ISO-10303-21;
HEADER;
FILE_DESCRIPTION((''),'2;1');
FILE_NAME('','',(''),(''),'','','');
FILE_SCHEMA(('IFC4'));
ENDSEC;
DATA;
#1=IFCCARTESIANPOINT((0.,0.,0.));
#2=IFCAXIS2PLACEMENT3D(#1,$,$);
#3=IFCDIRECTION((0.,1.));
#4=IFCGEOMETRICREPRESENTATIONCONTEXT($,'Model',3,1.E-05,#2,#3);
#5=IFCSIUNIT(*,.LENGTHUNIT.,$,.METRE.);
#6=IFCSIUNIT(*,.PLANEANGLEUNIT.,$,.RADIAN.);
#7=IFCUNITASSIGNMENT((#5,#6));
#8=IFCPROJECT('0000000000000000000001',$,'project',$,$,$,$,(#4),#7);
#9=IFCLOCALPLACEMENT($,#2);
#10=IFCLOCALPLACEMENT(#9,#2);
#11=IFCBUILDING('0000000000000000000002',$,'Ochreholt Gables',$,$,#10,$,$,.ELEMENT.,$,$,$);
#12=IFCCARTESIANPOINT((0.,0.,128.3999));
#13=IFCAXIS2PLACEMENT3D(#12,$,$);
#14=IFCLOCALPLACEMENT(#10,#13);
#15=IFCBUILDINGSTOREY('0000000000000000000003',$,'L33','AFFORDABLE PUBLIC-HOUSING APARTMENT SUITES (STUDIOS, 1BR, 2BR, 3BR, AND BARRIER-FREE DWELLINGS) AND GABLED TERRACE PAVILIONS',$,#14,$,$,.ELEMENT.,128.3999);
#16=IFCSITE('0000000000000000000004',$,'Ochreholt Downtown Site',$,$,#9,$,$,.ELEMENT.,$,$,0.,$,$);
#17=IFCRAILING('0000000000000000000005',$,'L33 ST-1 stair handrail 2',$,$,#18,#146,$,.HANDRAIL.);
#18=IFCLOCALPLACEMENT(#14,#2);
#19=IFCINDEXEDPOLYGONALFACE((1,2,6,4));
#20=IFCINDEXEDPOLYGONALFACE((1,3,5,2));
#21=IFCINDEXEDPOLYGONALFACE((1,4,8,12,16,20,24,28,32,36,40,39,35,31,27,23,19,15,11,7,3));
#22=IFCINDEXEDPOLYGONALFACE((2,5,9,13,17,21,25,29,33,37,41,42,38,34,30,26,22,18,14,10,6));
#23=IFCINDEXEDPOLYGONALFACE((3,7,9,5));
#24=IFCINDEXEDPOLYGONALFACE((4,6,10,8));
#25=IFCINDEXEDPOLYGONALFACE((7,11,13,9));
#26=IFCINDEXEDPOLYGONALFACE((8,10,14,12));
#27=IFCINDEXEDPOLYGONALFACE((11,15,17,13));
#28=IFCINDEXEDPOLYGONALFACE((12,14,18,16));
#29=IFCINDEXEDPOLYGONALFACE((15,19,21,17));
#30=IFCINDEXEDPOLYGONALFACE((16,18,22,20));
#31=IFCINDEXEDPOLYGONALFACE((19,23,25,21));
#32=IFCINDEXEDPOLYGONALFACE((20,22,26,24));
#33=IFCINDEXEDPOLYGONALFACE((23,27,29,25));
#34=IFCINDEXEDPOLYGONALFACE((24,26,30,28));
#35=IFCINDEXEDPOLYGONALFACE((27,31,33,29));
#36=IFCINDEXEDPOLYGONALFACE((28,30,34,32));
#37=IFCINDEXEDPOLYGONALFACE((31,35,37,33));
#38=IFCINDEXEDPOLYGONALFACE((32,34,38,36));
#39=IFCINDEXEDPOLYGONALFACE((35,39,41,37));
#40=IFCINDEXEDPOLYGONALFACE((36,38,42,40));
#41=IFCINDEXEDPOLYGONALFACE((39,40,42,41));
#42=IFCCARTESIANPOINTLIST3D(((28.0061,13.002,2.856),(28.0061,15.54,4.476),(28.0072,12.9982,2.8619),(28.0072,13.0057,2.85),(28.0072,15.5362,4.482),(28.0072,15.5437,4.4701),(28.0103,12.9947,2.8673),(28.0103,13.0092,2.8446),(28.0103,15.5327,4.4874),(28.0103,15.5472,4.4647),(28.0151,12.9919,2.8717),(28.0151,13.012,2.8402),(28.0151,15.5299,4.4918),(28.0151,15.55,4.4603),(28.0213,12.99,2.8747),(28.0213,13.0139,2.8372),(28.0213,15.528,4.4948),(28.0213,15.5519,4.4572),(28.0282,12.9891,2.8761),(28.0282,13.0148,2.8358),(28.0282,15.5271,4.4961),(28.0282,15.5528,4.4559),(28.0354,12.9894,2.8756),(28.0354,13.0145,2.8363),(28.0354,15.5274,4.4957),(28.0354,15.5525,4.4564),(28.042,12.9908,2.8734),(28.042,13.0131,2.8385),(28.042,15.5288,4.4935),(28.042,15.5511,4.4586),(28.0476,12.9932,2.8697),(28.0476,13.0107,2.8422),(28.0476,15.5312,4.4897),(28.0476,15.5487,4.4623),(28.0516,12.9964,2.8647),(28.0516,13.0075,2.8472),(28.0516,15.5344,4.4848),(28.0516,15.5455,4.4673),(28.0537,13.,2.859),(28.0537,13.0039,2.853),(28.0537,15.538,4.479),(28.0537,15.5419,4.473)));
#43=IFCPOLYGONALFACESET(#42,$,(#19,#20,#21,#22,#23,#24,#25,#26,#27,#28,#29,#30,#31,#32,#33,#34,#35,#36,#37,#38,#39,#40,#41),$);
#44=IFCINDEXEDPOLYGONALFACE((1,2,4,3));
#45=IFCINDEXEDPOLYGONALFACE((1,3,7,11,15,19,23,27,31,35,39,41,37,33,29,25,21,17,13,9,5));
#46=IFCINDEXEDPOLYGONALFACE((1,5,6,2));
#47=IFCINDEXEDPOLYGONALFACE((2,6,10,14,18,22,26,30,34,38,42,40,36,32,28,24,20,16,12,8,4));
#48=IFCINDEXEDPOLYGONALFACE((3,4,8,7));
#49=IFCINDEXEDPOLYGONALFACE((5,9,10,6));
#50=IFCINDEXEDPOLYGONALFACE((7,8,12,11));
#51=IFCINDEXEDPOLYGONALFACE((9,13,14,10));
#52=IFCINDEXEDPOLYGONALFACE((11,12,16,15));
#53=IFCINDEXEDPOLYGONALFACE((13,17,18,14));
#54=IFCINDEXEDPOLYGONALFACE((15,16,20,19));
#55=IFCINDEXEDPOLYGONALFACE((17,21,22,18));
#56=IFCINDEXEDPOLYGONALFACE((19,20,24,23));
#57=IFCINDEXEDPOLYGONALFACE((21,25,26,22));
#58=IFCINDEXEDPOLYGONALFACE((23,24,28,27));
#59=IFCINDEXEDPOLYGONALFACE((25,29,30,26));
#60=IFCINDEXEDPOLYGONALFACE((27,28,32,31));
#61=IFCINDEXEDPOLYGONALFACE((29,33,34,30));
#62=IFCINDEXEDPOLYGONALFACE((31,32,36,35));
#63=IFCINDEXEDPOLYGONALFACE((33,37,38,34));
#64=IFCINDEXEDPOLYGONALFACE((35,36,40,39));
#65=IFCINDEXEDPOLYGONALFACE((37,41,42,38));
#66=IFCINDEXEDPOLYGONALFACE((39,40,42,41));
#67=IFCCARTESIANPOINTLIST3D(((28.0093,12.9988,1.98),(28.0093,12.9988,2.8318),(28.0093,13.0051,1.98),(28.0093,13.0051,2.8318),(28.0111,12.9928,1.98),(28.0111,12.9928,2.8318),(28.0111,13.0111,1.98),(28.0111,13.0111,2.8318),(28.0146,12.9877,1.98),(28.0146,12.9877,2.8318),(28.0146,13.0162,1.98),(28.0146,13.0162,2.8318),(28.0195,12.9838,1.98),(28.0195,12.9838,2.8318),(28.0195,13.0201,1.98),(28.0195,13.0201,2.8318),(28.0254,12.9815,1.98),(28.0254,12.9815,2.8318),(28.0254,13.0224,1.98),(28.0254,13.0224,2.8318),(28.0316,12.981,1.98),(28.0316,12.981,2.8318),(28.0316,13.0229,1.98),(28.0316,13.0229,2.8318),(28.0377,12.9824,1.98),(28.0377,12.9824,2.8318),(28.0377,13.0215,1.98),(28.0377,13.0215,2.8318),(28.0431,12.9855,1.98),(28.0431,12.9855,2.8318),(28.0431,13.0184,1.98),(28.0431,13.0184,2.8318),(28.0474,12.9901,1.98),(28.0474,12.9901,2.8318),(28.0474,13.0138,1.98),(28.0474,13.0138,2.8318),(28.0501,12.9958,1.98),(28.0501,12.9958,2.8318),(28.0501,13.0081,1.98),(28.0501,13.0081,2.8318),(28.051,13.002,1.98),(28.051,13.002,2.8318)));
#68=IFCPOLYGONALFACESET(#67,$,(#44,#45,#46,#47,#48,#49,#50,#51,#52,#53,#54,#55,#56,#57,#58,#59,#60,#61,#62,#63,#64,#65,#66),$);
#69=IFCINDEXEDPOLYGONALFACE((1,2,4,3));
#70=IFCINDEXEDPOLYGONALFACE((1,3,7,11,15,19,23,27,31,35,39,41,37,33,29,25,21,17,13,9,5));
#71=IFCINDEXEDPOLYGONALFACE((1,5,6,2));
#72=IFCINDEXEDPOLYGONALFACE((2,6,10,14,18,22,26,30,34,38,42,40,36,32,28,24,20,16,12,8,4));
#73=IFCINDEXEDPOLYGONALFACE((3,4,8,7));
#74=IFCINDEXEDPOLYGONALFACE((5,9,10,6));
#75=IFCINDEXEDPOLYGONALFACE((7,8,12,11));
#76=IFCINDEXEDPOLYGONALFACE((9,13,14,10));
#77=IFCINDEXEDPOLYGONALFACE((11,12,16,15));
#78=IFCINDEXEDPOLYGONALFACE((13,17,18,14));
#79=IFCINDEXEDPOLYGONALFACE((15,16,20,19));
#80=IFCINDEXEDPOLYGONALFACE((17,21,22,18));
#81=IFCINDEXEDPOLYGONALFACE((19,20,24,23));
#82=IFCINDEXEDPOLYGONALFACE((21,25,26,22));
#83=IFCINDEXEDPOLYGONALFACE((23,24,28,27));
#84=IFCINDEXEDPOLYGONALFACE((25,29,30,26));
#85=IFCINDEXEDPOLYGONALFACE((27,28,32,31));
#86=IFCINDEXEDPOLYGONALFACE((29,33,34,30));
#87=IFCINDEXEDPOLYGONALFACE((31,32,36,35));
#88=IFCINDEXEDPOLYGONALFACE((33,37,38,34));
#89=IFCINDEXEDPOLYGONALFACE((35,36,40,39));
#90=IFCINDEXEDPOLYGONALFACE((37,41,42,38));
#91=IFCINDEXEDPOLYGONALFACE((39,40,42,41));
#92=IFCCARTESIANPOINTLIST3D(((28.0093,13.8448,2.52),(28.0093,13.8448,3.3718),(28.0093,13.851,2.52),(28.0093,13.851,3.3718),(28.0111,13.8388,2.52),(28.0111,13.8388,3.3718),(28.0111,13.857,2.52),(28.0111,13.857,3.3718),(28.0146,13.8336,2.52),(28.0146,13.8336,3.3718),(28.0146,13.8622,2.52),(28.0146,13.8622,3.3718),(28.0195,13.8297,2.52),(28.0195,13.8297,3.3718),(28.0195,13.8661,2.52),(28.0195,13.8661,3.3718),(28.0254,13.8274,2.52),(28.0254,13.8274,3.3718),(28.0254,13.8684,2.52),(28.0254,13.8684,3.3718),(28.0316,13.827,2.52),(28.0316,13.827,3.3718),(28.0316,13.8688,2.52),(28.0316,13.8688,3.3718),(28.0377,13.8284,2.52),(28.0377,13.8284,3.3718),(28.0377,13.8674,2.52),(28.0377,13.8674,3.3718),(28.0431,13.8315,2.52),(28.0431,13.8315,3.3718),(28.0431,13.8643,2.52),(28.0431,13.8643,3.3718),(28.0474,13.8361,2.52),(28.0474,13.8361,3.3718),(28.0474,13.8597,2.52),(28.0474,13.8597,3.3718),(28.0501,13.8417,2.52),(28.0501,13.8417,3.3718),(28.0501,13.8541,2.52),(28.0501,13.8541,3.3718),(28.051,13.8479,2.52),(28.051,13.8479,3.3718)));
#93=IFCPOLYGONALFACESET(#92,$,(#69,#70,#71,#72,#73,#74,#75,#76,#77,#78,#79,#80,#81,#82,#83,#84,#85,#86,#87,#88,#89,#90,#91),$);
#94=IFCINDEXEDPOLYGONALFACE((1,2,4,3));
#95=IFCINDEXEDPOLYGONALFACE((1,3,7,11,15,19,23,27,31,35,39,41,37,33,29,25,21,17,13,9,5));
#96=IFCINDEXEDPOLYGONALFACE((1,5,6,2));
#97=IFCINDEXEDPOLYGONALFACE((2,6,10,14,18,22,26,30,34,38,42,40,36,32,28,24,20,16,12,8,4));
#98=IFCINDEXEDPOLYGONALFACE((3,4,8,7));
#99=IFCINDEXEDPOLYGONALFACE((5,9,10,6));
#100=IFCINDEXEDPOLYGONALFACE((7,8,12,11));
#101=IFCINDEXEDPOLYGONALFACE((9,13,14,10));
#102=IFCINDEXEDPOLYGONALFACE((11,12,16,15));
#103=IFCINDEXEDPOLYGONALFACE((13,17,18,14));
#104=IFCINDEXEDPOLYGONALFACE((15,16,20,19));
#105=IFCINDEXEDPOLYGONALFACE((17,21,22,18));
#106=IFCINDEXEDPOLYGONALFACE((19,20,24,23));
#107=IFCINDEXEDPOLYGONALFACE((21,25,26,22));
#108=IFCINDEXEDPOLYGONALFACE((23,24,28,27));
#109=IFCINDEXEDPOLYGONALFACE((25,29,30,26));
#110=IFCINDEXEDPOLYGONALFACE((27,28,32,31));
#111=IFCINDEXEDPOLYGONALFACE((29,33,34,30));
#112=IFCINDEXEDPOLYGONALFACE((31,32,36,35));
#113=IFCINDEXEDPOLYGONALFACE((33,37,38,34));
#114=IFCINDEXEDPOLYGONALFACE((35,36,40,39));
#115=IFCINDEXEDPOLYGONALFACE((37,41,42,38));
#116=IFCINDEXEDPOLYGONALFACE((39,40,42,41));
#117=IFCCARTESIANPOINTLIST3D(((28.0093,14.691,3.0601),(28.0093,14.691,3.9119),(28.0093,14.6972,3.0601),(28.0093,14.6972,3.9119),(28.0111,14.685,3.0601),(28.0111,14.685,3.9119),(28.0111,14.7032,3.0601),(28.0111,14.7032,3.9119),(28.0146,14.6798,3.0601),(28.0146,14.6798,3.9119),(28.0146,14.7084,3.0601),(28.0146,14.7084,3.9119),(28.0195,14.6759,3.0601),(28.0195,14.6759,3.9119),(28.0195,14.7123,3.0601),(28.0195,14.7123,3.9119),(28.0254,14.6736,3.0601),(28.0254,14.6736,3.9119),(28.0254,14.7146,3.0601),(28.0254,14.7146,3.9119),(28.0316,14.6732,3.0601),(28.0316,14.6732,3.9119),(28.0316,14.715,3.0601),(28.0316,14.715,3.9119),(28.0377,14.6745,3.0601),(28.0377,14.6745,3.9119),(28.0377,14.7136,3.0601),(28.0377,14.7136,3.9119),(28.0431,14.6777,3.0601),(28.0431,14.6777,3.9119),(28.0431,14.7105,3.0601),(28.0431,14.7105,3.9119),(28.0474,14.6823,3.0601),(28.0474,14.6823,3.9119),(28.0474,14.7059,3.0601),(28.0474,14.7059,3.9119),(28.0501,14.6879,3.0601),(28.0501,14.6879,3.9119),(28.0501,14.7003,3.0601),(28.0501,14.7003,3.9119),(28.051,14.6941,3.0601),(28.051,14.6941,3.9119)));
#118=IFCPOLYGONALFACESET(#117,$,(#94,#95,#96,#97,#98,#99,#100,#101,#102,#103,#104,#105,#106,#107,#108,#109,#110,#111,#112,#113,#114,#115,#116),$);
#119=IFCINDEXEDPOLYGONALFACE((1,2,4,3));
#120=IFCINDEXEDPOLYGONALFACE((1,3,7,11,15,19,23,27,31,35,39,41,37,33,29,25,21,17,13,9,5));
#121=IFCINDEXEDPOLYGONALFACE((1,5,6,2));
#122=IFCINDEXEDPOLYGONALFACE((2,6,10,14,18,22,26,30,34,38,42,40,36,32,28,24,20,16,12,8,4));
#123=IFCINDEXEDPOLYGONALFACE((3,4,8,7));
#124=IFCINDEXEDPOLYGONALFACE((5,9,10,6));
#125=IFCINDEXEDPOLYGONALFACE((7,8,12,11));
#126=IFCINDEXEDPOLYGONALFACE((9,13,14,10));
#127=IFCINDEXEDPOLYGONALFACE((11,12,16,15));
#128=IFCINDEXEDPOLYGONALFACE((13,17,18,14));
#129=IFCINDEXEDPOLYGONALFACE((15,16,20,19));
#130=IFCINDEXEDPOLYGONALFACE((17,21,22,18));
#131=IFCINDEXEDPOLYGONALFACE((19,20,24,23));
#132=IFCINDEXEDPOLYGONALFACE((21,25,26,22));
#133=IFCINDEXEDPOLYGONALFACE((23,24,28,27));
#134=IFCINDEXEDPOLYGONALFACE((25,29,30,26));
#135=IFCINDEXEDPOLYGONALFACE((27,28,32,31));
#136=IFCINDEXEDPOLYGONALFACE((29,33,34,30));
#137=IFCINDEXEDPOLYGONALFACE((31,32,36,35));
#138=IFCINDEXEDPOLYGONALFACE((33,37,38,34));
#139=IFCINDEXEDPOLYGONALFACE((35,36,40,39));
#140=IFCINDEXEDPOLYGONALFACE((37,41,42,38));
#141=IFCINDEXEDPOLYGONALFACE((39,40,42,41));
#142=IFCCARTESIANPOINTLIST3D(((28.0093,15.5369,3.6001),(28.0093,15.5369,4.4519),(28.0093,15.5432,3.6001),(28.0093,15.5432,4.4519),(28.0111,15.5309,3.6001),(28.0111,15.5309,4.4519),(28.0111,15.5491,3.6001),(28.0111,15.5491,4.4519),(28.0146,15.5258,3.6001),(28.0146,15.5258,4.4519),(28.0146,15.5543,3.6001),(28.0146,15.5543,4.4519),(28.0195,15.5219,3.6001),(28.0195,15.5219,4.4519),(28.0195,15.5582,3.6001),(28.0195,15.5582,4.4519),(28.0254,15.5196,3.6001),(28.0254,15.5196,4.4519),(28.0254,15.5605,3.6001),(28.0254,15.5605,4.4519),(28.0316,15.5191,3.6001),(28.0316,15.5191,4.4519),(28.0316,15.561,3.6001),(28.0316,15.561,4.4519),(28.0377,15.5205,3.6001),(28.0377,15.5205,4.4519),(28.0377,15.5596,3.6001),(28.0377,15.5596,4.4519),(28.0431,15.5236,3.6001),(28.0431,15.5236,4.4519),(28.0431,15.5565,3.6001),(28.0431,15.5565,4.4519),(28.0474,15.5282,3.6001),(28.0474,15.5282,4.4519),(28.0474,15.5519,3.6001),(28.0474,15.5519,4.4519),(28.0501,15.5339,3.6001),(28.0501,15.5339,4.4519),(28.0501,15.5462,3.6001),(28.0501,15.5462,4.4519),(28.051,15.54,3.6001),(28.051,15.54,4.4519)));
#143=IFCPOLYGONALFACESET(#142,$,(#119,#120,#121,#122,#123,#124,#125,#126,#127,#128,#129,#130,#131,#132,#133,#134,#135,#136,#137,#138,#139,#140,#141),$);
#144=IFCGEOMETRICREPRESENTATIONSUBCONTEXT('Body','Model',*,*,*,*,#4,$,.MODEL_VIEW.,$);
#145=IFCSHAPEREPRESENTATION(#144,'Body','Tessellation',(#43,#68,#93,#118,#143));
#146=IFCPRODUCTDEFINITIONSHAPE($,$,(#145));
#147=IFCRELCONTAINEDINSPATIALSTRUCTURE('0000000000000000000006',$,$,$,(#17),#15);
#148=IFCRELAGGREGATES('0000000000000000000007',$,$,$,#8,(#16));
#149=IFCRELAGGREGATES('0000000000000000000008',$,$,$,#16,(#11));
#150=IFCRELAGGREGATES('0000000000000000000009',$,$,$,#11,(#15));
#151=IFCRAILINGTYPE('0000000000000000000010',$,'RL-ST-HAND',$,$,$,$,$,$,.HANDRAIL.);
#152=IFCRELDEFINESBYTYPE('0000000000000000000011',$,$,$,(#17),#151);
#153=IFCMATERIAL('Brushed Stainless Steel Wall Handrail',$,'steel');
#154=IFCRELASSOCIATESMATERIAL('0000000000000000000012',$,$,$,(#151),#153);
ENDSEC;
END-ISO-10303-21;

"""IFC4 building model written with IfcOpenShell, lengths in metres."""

from ifc_helpers import new_model, si_unit, direction, frame, origin, origin_2d, place, context, subcontext, project, spatial, circle, extrude, material, type_object, element, save


model = new_model("IFC4")

# Units and contexts
model_context = context("Model", 3, precision=1e-05, world=origin(), true_north=direction((0.0, 1.0)))
body_context = subcontext(model_context, "Body", "Model", "MODEL_VIEW")
ifc_project = project(units=[si_unit("LENGTHUNIT", "METRE"), si_unit("PLANEANGLEUNIT", "RADIAN")], contexts=[model_context])

# Site, building, storey
site_placement = place(None, origin())
site = spatial("IfcSite", under=ifc_project, at=site_placement, Name="Ochreholt Downtown Site", CompositionType="ELEMENT", RefElevation=0.0)
building_placement = place(site_placement, origin())
building = spatial("IfcBuilding", under=site, at=building_placement, Name="Ochreholt Gables", CompositionType="ELEMENT")
storey_placement = place(building_placement, frame((0.0, 0.0, 128.3999)))
storey = spatial("IfcBuildingStorey", under=building, at=storey_placement, Name="L33", Description="AFFORDABLE PUBLIC-HOUSING APARTMENT SUITES (STUDIOS, 1BR, 2BR, 3BR, AND BARRIER-FREE DWELLINGS) AND GABLED TERRACE PAVILIONS", CompositionType="ELEMENT", Elevation=128.3999)

# Railing
ifc_material_1 = material(Name="Brushed Stainless Steel Wall Handrail", Category="steel")
railing_type_1 = type_object("IfcRailingType", Name="RL-ST-HAND", PredefinedType="HANDRAIL", material=ifc_material_1)
railing_1_placement = place(storey_placement, frame((28.03, 13.002, 1.98)))
element("IfcRailing", 1, at=railing_1_placement, inside=storey, type_object=railing_type_1, Name="L33 ST-1 stair handrail 2", PredefinedType="HANDRAIL", context=body_context, shape_type="SweptSolid", body=[
    extrude(circle(Radius=0.0239, at=origin_2d()), frame((0.0, 0.0, 0.876), z_axis=(0.0, 0.842913, 0.53805), x_axis=(-1.0, 0.0, 0.0)), (0.0, 0.0, 1.0), 3.011),
    extrude(circle(Radius=0.021, at=origin_2d()), origin(), (0.0, 0.0, 1.0), 0.8518),
    extrude(circle(Radius=0.021, at=origin_2d()), frame((0.0, 0.8459, 0.54)), (0.0, 0.0, 1.0), 0.8518),
    extrude(circle(Radius=0.021, at=origin_2d()), frame((0.0, 1.6921, 1.0801)), (0.0, 0.0, 1.0), 0.8518),
    extrude(circle(Radius=0.021, at=origin_2d()), frame((0.0, 2.5381, 1.6201)), (0.0, 0.0, 1.0), 0.8518),
])

save(model, "model.ifc")
